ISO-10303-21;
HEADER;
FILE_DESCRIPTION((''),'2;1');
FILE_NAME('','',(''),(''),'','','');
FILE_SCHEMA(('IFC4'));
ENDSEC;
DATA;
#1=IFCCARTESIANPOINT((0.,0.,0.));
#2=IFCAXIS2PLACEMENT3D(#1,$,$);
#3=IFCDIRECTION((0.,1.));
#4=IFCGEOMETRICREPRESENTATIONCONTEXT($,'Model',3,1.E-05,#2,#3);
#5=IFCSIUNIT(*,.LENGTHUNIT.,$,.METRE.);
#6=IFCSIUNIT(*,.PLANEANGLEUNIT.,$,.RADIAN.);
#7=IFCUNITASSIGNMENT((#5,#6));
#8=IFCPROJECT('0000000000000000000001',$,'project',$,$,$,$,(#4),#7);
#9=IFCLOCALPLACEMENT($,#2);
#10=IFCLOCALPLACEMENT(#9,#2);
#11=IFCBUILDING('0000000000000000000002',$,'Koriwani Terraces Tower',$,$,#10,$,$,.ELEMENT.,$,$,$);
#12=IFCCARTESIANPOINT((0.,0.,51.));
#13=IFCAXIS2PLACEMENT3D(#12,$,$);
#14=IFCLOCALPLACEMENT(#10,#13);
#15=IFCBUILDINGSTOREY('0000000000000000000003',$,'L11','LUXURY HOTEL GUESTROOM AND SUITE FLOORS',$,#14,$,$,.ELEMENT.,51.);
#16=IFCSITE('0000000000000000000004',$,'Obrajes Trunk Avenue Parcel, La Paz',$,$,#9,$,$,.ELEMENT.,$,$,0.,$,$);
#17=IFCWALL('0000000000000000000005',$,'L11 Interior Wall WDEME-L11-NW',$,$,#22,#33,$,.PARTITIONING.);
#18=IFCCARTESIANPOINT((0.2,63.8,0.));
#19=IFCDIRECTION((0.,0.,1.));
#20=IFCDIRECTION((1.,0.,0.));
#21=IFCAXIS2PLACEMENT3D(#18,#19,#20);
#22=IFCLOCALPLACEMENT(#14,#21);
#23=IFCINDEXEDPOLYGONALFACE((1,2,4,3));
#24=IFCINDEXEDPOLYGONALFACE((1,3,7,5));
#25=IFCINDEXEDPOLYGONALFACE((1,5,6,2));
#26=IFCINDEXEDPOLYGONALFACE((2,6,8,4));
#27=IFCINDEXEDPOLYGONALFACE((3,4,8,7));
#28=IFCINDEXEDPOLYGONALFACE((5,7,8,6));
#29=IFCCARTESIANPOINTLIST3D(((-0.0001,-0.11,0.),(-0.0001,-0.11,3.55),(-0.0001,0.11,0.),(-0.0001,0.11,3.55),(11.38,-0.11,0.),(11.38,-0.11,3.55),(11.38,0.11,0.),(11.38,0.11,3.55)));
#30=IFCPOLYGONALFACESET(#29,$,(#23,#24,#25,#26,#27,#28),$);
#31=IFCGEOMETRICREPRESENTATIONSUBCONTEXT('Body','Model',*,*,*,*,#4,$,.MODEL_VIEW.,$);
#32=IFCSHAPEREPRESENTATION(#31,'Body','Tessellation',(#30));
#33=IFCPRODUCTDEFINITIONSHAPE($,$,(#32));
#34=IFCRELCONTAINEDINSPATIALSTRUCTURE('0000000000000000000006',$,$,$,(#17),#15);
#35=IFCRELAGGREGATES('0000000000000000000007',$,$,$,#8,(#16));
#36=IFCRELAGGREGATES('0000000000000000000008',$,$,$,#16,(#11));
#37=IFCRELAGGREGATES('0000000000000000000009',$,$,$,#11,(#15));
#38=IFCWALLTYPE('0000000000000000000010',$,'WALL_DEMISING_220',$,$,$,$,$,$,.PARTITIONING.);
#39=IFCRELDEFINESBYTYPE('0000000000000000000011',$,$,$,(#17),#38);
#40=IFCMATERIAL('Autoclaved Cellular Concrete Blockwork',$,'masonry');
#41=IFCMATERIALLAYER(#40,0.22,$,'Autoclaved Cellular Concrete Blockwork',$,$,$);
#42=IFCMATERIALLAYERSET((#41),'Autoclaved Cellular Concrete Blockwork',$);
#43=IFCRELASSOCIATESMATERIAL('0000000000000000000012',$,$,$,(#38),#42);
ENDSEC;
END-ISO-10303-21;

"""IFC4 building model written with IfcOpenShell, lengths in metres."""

from ifc_helpers import new_model, si_unit, direction, frame, frame_2d, origin, place, context, subcontext, project, spatial, rectangle, extrude, material, layer, layer_set, type_object, element, save


model = new_model("IFC4")

# Units and contexts
model_context = context("Model", 3, precision=1e-05, world=origin(), true_north=direction((0.0, 1.0)))
body_context = subcontext(model_context, "Body", "Model", "MODEL_VIEW")
ifc_project = project(units=[si_unit("LENGTHUNIT", "METRE"), si_unit("PLANEANGLEUNIT", "RADIAN")], contexts=[model_context])

# Site, building, storey
site_placement = place(None, origin())
site = spatial("IfcSite", under=ifc_project, at=site_placement, Name="Obrajes Trunk Avenue Parcel, La Paz", CompositionType="ELEMENT", RefElevation=0.0)
building_placement = place(site_placement, origin())
building = spatial("IfcBuilding", under=site, at=building_placement, Name="Koriwani Terraces Tower", CompositionType="ELEMENT")
storey_placement = place(building_placement, frame((0.0, 0.0, 51.0)))
storey = spatial("IfcBuildingStorey", under=building, at=storey_placement, Name="L11", Description="LUXURY HOTEL GUESTROOM AND SUITE FLOORS", CompositionType="ELEMENT", Elevation=51.0)

# Shared definitions
ifc_material_1 = material(Name="Autoclaved Cellular Concrete Blockwork", Category="masonry")

# Wall
ifc_layer_1 = layer(ifc_material_1, 0.22, Name="Autoclaved Cellular Concrete Blockwork")
ifc_layer_set_1 = layer_set([ifc_layer_1], Name="Autoclaved Cellular Concrete Blockwork")
wall_type_1 = type_object("IfcWallType", Name="WALL_DEMISING_220", PredefinedType="PARTITIONING", material=ifc_layer_set_1)
wall_1_placement = place(storey_placement, frame((0.2, 63.8, 0.0), z_axis=(0.0, 0.0, 1.0), x_axis=(1.0, 0.0, 0.0)))
element("IfcWall", 1, at=wall_1_placement, inside=storey, type_object=wall_type_1, Name="L11 Interior Wall WDEME-L11-NW", PredefinedType="PARTITIONING", context=body_context, shape_type="SweptSolid", body=[
    extrude(rectangle(XDim=11.3801, YDim=0.22, at=frame_2d((5.6899, 0.0))), origin(), (0.0, 0.0, 1.0), 3.55),
])

save(model, "model.ifc")
